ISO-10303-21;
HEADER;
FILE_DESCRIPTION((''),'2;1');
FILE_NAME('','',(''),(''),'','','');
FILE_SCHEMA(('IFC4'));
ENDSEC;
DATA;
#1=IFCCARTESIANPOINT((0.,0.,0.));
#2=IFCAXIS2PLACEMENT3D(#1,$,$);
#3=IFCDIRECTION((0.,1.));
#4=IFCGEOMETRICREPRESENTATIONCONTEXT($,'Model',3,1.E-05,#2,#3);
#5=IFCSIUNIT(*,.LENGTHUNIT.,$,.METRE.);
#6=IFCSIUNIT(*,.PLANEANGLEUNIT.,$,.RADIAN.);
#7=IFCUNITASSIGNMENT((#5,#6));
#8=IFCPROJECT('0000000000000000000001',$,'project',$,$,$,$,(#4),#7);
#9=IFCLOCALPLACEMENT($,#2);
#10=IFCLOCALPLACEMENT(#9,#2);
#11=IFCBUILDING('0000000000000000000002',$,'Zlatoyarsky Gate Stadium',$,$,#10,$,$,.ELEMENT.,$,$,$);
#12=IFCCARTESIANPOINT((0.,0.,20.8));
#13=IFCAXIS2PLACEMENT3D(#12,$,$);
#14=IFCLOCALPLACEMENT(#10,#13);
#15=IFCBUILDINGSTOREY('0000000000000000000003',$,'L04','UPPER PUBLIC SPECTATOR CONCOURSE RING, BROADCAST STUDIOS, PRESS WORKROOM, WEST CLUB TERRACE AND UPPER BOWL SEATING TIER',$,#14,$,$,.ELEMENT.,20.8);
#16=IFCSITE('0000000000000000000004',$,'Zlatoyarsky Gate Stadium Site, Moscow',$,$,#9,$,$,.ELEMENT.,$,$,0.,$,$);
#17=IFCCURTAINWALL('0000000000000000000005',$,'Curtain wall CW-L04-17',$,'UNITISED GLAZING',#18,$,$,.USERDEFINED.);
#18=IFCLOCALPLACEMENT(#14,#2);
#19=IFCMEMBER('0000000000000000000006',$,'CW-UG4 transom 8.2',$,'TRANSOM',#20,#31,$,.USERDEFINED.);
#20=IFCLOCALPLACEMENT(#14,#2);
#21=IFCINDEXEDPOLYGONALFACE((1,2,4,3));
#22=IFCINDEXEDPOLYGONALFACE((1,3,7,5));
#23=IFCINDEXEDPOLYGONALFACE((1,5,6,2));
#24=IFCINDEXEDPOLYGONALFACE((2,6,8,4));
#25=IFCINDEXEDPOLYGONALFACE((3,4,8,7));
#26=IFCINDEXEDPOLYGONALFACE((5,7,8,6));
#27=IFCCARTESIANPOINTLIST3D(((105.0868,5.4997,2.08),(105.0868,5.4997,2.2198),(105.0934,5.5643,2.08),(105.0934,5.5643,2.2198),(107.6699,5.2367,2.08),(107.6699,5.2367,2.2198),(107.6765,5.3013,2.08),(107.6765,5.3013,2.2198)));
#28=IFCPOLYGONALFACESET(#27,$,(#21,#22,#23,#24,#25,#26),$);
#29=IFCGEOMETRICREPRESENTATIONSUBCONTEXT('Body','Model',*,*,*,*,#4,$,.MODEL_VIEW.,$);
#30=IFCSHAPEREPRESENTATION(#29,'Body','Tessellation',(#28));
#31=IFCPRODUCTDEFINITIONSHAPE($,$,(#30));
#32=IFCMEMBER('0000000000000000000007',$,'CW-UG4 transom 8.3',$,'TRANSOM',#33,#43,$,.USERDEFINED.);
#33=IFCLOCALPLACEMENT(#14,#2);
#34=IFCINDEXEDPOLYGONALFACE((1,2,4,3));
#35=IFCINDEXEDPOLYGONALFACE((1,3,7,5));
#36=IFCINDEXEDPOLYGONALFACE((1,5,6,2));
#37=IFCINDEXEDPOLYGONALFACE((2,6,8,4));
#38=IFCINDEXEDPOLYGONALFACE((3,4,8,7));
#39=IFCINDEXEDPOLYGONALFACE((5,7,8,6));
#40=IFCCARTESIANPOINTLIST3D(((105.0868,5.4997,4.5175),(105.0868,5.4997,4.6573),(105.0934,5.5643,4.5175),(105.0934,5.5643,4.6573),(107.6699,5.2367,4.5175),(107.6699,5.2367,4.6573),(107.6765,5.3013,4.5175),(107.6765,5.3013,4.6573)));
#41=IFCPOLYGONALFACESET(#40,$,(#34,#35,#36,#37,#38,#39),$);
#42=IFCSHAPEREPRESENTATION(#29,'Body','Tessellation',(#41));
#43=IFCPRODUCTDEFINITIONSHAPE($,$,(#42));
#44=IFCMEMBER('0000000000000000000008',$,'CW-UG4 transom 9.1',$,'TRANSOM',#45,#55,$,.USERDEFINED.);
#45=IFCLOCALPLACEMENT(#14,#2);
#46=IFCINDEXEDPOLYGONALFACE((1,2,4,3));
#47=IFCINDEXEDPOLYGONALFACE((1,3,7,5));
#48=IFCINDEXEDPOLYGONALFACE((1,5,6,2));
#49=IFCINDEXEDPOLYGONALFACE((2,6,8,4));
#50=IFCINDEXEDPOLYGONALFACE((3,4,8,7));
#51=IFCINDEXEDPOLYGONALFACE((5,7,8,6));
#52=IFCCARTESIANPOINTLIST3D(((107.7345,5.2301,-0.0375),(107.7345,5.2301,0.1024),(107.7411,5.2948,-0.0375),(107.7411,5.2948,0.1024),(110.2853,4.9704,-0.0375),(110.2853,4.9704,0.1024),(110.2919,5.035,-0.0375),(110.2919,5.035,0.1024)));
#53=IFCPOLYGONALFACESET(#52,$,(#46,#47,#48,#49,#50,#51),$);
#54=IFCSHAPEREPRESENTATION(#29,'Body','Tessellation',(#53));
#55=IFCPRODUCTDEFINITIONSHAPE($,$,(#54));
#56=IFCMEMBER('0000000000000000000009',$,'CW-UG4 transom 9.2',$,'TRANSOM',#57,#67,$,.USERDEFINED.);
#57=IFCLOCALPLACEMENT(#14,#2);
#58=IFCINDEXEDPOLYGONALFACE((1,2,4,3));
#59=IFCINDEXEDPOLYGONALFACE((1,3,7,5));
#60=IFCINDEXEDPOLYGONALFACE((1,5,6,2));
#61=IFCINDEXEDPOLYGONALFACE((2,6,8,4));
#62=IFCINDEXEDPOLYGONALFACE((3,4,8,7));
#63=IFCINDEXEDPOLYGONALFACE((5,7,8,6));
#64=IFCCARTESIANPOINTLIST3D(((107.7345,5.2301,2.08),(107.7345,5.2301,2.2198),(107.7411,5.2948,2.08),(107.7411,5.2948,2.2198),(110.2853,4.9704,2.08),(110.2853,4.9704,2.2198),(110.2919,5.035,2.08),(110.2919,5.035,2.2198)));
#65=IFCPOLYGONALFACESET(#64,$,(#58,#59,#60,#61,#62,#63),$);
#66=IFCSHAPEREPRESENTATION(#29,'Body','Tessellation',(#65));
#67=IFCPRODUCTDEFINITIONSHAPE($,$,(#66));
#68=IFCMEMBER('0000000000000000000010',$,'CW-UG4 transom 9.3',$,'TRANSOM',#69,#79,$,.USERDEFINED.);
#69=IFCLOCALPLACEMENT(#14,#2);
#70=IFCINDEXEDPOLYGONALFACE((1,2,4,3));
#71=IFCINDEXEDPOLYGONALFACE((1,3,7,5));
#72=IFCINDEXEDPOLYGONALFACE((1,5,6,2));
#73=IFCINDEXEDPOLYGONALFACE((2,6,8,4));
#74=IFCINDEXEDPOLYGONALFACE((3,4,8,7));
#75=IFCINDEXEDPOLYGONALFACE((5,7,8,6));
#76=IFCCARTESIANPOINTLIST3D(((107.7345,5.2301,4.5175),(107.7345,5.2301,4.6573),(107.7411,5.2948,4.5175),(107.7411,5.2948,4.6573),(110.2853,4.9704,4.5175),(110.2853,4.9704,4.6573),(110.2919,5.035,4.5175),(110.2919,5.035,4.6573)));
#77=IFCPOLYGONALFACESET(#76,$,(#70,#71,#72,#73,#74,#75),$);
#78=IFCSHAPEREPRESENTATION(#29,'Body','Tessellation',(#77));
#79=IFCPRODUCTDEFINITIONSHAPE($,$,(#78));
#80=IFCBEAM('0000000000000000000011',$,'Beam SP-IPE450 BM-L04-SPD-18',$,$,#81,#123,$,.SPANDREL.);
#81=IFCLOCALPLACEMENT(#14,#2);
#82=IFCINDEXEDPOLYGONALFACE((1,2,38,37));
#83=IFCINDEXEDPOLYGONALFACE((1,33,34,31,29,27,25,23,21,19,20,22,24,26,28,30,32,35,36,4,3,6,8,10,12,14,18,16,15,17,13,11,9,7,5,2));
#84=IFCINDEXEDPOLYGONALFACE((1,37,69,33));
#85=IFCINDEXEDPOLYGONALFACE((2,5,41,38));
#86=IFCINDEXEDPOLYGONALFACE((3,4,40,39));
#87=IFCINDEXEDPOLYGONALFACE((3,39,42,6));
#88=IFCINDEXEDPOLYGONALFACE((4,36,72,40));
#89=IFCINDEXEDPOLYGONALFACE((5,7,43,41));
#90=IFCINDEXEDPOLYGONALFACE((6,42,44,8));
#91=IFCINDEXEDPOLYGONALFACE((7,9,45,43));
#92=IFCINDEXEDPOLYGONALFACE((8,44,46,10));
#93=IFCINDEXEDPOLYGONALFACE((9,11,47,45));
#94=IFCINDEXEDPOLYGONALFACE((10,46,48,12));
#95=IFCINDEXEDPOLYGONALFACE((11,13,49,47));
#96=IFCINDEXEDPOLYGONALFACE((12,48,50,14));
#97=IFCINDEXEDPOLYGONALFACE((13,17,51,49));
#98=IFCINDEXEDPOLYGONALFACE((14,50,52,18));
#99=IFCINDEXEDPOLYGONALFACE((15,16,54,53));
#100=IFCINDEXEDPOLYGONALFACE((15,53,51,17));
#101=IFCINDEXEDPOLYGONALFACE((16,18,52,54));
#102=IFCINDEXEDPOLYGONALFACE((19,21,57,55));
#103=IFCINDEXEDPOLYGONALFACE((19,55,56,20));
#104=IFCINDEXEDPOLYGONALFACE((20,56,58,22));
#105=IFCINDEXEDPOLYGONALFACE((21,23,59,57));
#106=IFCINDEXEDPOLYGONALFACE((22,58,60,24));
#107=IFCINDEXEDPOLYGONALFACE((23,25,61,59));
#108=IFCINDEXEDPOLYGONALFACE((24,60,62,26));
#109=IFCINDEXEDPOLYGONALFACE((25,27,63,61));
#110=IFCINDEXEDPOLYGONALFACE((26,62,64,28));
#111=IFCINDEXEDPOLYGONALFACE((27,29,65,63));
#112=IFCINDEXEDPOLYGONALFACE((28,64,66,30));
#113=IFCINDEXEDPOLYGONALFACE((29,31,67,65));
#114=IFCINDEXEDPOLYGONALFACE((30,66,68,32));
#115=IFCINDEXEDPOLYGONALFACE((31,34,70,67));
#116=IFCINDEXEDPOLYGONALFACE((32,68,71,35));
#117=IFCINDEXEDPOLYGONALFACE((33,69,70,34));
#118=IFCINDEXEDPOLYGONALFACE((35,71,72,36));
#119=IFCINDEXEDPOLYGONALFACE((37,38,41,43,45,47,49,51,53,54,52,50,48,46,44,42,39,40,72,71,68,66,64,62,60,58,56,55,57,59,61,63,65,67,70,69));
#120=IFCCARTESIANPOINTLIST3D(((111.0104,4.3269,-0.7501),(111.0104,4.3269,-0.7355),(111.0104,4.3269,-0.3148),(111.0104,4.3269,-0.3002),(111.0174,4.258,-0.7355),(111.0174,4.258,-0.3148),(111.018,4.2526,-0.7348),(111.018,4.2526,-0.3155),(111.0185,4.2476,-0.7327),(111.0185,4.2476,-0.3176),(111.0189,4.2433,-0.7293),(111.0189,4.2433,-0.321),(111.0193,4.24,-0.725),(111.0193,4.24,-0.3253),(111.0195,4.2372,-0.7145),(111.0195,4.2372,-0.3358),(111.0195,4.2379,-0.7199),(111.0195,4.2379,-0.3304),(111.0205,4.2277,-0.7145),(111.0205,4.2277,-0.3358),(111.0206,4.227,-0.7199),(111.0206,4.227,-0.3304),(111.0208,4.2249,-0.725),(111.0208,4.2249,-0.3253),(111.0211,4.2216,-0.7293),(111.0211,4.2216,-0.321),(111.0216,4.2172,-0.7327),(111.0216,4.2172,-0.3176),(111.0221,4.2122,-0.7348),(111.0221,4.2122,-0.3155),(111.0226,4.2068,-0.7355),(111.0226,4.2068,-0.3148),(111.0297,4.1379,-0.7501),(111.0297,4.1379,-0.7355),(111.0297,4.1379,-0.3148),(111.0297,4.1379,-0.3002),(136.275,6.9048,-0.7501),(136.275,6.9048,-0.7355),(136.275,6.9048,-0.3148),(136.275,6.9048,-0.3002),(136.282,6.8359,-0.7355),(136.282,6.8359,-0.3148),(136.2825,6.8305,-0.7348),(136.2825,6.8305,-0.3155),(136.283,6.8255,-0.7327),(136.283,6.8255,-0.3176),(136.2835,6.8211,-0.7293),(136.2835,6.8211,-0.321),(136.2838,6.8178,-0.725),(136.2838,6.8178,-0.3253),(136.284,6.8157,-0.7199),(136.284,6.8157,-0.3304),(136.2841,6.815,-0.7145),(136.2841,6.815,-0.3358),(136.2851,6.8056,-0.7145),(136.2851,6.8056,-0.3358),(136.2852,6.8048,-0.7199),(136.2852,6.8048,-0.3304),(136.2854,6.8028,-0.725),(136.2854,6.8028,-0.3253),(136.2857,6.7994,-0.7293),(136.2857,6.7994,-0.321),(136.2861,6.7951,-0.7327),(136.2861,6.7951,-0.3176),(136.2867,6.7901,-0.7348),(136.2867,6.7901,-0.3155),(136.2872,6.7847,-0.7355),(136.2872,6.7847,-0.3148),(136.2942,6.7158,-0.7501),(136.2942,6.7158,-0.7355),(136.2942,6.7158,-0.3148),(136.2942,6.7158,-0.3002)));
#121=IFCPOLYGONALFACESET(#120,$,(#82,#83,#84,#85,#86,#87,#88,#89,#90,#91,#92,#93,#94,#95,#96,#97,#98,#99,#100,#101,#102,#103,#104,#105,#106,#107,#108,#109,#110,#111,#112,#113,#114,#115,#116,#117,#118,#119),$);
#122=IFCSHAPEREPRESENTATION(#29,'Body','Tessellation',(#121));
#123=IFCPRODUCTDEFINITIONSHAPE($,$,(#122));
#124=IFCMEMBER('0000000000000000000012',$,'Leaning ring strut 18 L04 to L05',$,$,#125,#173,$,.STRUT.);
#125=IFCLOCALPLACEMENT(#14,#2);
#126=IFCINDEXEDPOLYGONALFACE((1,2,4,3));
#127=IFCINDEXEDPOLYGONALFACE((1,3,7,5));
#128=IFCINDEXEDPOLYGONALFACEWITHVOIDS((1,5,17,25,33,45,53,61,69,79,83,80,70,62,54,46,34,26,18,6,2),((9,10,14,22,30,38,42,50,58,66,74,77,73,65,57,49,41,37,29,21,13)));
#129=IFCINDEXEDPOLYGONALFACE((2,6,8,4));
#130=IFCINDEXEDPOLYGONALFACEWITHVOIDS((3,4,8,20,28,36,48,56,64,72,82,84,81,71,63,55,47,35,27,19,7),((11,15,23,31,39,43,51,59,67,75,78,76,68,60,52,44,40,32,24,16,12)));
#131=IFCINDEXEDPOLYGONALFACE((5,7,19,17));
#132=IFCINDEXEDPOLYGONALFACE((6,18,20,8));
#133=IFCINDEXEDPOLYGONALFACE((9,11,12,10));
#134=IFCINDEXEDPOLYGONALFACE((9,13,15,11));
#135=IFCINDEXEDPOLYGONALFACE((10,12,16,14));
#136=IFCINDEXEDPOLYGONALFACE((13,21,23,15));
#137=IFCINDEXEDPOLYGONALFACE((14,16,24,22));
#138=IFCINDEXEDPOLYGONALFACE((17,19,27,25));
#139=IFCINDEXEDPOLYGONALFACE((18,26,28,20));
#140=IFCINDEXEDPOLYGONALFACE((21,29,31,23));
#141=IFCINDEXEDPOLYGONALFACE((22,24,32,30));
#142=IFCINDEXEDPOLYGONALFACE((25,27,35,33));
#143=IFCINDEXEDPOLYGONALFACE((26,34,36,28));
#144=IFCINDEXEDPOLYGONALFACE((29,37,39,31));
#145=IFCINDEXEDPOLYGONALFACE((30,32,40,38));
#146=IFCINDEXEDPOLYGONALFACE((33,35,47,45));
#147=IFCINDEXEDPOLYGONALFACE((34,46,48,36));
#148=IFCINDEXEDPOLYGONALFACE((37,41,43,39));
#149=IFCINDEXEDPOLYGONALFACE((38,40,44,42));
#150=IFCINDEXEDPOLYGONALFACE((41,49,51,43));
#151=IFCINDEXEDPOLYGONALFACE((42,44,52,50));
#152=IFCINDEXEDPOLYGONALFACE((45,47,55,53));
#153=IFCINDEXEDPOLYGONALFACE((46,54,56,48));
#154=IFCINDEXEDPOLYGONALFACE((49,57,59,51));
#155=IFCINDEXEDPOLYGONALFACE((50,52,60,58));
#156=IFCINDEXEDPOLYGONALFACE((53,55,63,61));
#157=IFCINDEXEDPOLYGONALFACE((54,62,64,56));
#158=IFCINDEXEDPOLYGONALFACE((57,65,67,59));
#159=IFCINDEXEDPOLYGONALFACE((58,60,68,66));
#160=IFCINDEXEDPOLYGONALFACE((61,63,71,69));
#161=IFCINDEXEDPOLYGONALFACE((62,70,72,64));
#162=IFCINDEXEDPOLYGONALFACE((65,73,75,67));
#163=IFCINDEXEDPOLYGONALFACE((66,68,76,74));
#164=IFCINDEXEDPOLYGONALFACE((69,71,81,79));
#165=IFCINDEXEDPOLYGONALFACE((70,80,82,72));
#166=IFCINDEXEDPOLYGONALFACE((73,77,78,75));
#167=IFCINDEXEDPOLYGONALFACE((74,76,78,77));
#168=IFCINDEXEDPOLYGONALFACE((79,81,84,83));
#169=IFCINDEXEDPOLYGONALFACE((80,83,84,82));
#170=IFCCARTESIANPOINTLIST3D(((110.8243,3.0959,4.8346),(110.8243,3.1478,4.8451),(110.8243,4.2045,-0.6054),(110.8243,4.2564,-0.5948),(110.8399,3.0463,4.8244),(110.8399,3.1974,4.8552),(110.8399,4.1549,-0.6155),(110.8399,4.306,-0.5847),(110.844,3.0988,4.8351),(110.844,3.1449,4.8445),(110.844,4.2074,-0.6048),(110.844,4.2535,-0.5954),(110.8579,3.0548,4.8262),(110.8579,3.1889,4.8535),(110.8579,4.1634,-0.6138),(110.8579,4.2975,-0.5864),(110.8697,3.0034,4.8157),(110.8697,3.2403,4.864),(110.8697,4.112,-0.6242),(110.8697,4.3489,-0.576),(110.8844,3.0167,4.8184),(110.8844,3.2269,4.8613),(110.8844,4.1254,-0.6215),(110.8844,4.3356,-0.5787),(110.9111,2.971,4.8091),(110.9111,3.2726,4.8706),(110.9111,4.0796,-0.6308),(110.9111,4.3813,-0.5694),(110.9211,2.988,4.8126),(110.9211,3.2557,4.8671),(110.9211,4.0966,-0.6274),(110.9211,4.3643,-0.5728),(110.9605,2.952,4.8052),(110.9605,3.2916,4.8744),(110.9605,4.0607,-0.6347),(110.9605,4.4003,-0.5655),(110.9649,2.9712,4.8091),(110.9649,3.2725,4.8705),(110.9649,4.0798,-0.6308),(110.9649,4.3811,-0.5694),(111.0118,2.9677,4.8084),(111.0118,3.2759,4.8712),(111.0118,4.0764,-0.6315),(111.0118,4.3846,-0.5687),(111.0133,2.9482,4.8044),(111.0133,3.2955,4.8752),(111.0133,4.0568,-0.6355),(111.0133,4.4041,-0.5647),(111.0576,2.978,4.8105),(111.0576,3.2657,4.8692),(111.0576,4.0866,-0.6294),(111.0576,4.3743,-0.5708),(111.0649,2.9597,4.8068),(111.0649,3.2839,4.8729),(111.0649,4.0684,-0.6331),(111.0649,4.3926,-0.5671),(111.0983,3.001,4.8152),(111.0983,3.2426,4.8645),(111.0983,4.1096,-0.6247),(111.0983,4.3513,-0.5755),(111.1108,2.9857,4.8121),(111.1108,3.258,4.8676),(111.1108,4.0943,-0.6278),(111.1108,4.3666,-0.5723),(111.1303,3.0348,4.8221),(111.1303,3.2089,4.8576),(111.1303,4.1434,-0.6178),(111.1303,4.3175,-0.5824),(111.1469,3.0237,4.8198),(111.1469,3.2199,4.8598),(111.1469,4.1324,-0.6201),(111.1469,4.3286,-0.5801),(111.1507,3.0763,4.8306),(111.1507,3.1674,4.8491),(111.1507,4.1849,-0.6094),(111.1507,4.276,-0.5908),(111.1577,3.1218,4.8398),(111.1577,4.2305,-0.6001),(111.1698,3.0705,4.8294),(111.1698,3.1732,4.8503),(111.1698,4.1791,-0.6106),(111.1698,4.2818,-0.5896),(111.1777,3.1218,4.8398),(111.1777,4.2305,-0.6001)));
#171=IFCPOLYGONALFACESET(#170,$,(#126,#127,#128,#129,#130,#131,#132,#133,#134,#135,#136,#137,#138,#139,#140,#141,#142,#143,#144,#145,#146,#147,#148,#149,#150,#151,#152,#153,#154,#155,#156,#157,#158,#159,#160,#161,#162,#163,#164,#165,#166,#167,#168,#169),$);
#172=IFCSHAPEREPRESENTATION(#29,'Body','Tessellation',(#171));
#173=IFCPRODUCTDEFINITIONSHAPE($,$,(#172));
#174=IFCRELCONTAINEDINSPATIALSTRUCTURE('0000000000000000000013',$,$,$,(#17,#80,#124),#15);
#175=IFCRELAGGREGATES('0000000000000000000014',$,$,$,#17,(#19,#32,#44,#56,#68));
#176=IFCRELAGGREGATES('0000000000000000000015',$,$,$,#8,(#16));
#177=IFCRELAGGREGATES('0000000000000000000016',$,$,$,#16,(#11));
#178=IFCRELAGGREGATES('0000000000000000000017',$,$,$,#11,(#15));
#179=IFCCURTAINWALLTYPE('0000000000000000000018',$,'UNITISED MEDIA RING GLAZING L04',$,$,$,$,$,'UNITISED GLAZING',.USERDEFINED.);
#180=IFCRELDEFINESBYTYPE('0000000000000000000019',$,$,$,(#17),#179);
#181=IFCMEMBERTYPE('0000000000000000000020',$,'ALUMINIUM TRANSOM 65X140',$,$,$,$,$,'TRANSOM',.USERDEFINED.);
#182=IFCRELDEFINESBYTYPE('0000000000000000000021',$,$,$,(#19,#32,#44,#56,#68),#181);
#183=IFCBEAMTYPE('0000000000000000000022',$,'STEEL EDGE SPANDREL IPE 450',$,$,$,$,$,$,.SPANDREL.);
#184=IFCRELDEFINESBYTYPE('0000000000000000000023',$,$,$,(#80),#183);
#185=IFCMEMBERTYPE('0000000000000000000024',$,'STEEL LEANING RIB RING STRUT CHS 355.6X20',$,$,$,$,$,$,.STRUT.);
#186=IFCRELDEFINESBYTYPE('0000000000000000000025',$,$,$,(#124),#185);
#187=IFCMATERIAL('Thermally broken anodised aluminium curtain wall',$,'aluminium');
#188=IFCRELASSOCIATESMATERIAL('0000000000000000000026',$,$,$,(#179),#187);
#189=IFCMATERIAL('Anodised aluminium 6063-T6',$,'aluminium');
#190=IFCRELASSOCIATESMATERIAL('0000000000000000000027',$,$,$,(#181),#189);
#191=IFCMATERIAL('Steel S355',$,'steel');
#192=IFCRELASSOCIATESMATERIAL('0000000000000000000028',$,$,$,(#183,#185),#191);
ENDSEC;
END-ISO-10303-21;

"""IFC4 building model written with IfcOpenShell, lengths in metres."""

from ifc_helpers import new_model, si_unit, direction, frame, origin, origin_2d, place, context, subcontext, project, spatial, rectangle, hollow_circle, i_section, extrude, material, material_profile, profile_set, type_object, element, aggregate, save


model = new_model("IFC4")

# Units and contexts
model_context = context("Model", 3, precision=1e-05, world=origin(), true_north=direction((0.0, 1.0)))
body_context = subcontext(model_context, "Body", "Model", "MODEL_VIEW")
ifc_project = project(units=[si_unit("LENGTHUNIT", "METRE"), si_unit("PLANEANGLEUNIT", "RADIAN")], contexts=[model_context])

# Site, building, storey
site_placement = place(None, origin())
site = spatial("IfcSite", under=ifc_project, at=site_placement, Name="Zlatoyarsky Gate Stadium Site, Moscow", CompositionType="ELEMENT", RefElevation=0.0)
building_placement = place(site_placement, origin())
building = spatial("IfcBuilding", under=site, at=building_placement, Name="Zlatoyarsky Gate Stadium", CompositionType="ELEMENT")
storey_placement = place(building_placement, frame((0.0, 0.0, 20.8)))
storey = spatial("IfcBuildingStorey", under=building, at=storey_placement, Name="L04", Description="UPPER PUBLIC SPECTATOR CONCOURSE RING, BROADCAST STUDIOS, PRESS WORKROOM, WEST CLUB TERRACE AND UPPER BOWL SEATING TIER", CompositionType="ELEMENT", Elevation=20.8)

# Curtain wall, members
ifc_material_1 = material(Name="Thermally broken anodised aluminium curtain wall", Category="aluminium")
ifc_material_2 = material(Name="Anodised aluminium 6063-T6", Category="aluminium")
curtain_wall_type_1 = type_object("IfcCurtainWallType", Name="UNITISED MEDIA RING GLAZING L04", ElementType="UNITISED GLAZING", PredefinedType="USERDEFINED", material=ifc_material_1)
curtain_wall_1_placement = place(storey_placement, origin())
curtain_wall_1 = element("IfcCurtainWall", 1, at=curtain_wall_1_placement, inside=storey, type_object=curtain_wall_type_1, Name="Curtain wall CW-L04-17", ObjectType="UNITISED GLAZING", PredefinedType="USERDEFINED")
ifc_material_profile_1 = material_profile(ifc_material_2, rectangle(XDim=0.0649, YDim=0.1399, at=origin_2d()), Name="ALU 65X140")
ifc_profile_set_1 = profile_set([ifc_material_profile_1], Name="Anodised aluminium 6063-T6")
member_type_1 = type_object("IfcMemberType", Name="ALUMINIUM TRANSOM 65X140", ElementType="TRANSOM", PredefinedType="USERDEFINED", material=ifc_profile_set_1)
member_1_placement = place(storey_placement, frame((105.0901, 5.532, 2.1499), z_axis=(0.994859, -0.101272, 0.0), x_axis=(0.101272, 0.994859, 0.0)))
member_1 = element("IfcMember", 2, at=member_1_placement, type_object=member_type_1, Name="CW-UG4 transom 8.2", ObjectType="TRANSOM", PredefinedType="USERDEFINED", context=body_context, shape_type="SweptSolid", body=[
    extrude(rectangle(XDim=0.0649, YDim=0.1399, at=origin_2d()), origin(), (0.0, 0.0, 1.0), 2.5964),
])
member_2_placement = place(storey_placement, frame((105.0901, 5.532, 4.5874), z_axis=(0.994859, -0.101272, 0.0), x_axis=(0.101272, 0.994859, 0.0)))
member_2 = element("IfcMember", 3, at=member_2_placement, type_object=member_type_1, Name="CW-UG4 transom 8.3", ObjectType="TRANSOM", PredefinedType="USERDEFINED", context=body_context, shape_type="SweptSolid", body=[
    extrude(rectangle(XDim=0.0649, YDim=0.1399, at=origin_2d()), origin(), (0.0, 0.0, 1.0), 2.5964),
])
member_3_placement = place(storey_placement, frame((107.7378, 5.2625, 0.0325), z_axis=(0.994855, -0.101314, 0.0), x_axis=(0.101314, 0.994855, 0.0)))
member_3 = element("IfcMember", 4, at=member_3_placement, type_object=member_type_1, Name="CW-UG4 transom 9.1", ObjectType="TRANSOM", PredefinedType="USERDEFINED", context=body_context, shape_type="SweptSolid", body=[
    extrude(rectangle(XDim=0.0649, YDim=0.1399, at=origin_2d()), origin(), (0.0, 0.0, 1.0), 2.564),
])
member_4_placement = place(storey_placement, frame((107.7378, 5.2625, 2.1499), z_axis=(0.994855, -0.101314, 0.0), x_axis=(0.101314, 0.994855, 0.0)))
member_4 = element("IfcMember", 5, at=member_4_placement, type_object=member_type_1, Name="CW-UG4 transom 9.2", ObjectType="TRANSOM", PredefinedType="USERDEFINED", context=body_context, shape_type="SweptSolid", body=[
    extrude(rectangle(XDim=0.0649, YDim=0.1399, at=origin_2d()), origin(), (0.0, 0.0, 1.0), 2.564),
])
member_5_placement = place(storey_placement, frame((107.7378, 5.2625, 4.5874), z_axis=(0.994855, -0.101314, 0.0), x_axis=(0.101314, 0.994855, 0.0)))
member_5 = element("IfcMember", 6, at=member_5_placement, type_object=member_type_1, Name="CW-UG4 transom 9.3", ObjectType="TRANSOM", PredefinedType="USERDEFINED", context=body_context, shape_type="SweptSolid", body=[
    extrude(rectangle(XDim=0.0649, YDim=0.1399, at=origin_2d()), origin(), (0.0, 0.0, 1.0), 2.564),
])

# Beam
ifc_material_3 = material(Name="Steel S355", Category="steel")
ifc_material_profile_2 = material_profile(ifc_material_3, i_section(OverallWidth=0.1899, OverallDepth=0.45, WebThickness=0.0095, FlangeThickness=0.0146, FilletRadius=0.021, at=origin_2d()), Name="IPE 450")
ifc_profile_set_2 = profile_set([ifc_material_profile_2], Name="Steel S355")
beam_type = type_object("IfcBeamType", Name="STEEL EDGE SPANDREL IPE 450", PredefinedType="SPANDREL", material=ifc_profile_set_2)
beam_placement = place(storey_placement, frame((111.02, 4.2324, -0.5251), z_axis=(0.994835, 0.101508, 0.0), x_axis=(-0.101508, 0.994835, 0.0)))
element("IfcBeam", 7, at=beam_placement, inside=storey, type_object=beam_type, Name="Beam SP-IPE450 BM-L04-SPD-18", PredefinedType="SPANDREL", context=body_context, shape_type="SweptSolid", body=[
    extrude(i_section(OverallWidth=0.1899, OverallDepth=0.45, WebThickness=0.0095, FlangeThickness=0.0146, FilletRadius=0.021, at=origin_2d()), origin(), (0.0, 0.0, 1.0), 25.3958),
])

# Member
ifc_material_profile_3 = material_profile(ifc_material_3, hollow_circle(Radius=0.1777, WallThickness=0.02, at=origin_2d()), Name="CHS 355.6X20")
ifc_profile_set_3 = profile_set([ifc_material_profile_3], Name="Steel S355")
member_type_2 = type_object("IfcMemberType", Name="STEEL LEANING RIB RING STRUT CHS 355.6X20", PredefinedType="STRUT", material=ifc_profile_set_3)
member_6_placement = place(storey_placement, frame((111.0, 4.2305, -0.6001), z_axis=(0.0, -0.199692, 0.979859), x_axis=(1.0, 0.0, 0.0)))
element("IfcMember", 8, at=member_6_placement, inside=storey, type_object=member_type_2, Name="Leaning ring strut 18 L04 to L05", PredefinedType="STRUT", context=body_context, shape_type="SweptSolid", body=[
    extrude(hollow_circle(Radius=0.1777, WallThickness=0.02, at=origin_2d()), origin(), (0.0, 0.0, 1.0), 5.5518),
])

aggregate(curtain_wall_1, [member_1, member_2, member_3, member_4, member_5])

save(model, "model.ifc")
